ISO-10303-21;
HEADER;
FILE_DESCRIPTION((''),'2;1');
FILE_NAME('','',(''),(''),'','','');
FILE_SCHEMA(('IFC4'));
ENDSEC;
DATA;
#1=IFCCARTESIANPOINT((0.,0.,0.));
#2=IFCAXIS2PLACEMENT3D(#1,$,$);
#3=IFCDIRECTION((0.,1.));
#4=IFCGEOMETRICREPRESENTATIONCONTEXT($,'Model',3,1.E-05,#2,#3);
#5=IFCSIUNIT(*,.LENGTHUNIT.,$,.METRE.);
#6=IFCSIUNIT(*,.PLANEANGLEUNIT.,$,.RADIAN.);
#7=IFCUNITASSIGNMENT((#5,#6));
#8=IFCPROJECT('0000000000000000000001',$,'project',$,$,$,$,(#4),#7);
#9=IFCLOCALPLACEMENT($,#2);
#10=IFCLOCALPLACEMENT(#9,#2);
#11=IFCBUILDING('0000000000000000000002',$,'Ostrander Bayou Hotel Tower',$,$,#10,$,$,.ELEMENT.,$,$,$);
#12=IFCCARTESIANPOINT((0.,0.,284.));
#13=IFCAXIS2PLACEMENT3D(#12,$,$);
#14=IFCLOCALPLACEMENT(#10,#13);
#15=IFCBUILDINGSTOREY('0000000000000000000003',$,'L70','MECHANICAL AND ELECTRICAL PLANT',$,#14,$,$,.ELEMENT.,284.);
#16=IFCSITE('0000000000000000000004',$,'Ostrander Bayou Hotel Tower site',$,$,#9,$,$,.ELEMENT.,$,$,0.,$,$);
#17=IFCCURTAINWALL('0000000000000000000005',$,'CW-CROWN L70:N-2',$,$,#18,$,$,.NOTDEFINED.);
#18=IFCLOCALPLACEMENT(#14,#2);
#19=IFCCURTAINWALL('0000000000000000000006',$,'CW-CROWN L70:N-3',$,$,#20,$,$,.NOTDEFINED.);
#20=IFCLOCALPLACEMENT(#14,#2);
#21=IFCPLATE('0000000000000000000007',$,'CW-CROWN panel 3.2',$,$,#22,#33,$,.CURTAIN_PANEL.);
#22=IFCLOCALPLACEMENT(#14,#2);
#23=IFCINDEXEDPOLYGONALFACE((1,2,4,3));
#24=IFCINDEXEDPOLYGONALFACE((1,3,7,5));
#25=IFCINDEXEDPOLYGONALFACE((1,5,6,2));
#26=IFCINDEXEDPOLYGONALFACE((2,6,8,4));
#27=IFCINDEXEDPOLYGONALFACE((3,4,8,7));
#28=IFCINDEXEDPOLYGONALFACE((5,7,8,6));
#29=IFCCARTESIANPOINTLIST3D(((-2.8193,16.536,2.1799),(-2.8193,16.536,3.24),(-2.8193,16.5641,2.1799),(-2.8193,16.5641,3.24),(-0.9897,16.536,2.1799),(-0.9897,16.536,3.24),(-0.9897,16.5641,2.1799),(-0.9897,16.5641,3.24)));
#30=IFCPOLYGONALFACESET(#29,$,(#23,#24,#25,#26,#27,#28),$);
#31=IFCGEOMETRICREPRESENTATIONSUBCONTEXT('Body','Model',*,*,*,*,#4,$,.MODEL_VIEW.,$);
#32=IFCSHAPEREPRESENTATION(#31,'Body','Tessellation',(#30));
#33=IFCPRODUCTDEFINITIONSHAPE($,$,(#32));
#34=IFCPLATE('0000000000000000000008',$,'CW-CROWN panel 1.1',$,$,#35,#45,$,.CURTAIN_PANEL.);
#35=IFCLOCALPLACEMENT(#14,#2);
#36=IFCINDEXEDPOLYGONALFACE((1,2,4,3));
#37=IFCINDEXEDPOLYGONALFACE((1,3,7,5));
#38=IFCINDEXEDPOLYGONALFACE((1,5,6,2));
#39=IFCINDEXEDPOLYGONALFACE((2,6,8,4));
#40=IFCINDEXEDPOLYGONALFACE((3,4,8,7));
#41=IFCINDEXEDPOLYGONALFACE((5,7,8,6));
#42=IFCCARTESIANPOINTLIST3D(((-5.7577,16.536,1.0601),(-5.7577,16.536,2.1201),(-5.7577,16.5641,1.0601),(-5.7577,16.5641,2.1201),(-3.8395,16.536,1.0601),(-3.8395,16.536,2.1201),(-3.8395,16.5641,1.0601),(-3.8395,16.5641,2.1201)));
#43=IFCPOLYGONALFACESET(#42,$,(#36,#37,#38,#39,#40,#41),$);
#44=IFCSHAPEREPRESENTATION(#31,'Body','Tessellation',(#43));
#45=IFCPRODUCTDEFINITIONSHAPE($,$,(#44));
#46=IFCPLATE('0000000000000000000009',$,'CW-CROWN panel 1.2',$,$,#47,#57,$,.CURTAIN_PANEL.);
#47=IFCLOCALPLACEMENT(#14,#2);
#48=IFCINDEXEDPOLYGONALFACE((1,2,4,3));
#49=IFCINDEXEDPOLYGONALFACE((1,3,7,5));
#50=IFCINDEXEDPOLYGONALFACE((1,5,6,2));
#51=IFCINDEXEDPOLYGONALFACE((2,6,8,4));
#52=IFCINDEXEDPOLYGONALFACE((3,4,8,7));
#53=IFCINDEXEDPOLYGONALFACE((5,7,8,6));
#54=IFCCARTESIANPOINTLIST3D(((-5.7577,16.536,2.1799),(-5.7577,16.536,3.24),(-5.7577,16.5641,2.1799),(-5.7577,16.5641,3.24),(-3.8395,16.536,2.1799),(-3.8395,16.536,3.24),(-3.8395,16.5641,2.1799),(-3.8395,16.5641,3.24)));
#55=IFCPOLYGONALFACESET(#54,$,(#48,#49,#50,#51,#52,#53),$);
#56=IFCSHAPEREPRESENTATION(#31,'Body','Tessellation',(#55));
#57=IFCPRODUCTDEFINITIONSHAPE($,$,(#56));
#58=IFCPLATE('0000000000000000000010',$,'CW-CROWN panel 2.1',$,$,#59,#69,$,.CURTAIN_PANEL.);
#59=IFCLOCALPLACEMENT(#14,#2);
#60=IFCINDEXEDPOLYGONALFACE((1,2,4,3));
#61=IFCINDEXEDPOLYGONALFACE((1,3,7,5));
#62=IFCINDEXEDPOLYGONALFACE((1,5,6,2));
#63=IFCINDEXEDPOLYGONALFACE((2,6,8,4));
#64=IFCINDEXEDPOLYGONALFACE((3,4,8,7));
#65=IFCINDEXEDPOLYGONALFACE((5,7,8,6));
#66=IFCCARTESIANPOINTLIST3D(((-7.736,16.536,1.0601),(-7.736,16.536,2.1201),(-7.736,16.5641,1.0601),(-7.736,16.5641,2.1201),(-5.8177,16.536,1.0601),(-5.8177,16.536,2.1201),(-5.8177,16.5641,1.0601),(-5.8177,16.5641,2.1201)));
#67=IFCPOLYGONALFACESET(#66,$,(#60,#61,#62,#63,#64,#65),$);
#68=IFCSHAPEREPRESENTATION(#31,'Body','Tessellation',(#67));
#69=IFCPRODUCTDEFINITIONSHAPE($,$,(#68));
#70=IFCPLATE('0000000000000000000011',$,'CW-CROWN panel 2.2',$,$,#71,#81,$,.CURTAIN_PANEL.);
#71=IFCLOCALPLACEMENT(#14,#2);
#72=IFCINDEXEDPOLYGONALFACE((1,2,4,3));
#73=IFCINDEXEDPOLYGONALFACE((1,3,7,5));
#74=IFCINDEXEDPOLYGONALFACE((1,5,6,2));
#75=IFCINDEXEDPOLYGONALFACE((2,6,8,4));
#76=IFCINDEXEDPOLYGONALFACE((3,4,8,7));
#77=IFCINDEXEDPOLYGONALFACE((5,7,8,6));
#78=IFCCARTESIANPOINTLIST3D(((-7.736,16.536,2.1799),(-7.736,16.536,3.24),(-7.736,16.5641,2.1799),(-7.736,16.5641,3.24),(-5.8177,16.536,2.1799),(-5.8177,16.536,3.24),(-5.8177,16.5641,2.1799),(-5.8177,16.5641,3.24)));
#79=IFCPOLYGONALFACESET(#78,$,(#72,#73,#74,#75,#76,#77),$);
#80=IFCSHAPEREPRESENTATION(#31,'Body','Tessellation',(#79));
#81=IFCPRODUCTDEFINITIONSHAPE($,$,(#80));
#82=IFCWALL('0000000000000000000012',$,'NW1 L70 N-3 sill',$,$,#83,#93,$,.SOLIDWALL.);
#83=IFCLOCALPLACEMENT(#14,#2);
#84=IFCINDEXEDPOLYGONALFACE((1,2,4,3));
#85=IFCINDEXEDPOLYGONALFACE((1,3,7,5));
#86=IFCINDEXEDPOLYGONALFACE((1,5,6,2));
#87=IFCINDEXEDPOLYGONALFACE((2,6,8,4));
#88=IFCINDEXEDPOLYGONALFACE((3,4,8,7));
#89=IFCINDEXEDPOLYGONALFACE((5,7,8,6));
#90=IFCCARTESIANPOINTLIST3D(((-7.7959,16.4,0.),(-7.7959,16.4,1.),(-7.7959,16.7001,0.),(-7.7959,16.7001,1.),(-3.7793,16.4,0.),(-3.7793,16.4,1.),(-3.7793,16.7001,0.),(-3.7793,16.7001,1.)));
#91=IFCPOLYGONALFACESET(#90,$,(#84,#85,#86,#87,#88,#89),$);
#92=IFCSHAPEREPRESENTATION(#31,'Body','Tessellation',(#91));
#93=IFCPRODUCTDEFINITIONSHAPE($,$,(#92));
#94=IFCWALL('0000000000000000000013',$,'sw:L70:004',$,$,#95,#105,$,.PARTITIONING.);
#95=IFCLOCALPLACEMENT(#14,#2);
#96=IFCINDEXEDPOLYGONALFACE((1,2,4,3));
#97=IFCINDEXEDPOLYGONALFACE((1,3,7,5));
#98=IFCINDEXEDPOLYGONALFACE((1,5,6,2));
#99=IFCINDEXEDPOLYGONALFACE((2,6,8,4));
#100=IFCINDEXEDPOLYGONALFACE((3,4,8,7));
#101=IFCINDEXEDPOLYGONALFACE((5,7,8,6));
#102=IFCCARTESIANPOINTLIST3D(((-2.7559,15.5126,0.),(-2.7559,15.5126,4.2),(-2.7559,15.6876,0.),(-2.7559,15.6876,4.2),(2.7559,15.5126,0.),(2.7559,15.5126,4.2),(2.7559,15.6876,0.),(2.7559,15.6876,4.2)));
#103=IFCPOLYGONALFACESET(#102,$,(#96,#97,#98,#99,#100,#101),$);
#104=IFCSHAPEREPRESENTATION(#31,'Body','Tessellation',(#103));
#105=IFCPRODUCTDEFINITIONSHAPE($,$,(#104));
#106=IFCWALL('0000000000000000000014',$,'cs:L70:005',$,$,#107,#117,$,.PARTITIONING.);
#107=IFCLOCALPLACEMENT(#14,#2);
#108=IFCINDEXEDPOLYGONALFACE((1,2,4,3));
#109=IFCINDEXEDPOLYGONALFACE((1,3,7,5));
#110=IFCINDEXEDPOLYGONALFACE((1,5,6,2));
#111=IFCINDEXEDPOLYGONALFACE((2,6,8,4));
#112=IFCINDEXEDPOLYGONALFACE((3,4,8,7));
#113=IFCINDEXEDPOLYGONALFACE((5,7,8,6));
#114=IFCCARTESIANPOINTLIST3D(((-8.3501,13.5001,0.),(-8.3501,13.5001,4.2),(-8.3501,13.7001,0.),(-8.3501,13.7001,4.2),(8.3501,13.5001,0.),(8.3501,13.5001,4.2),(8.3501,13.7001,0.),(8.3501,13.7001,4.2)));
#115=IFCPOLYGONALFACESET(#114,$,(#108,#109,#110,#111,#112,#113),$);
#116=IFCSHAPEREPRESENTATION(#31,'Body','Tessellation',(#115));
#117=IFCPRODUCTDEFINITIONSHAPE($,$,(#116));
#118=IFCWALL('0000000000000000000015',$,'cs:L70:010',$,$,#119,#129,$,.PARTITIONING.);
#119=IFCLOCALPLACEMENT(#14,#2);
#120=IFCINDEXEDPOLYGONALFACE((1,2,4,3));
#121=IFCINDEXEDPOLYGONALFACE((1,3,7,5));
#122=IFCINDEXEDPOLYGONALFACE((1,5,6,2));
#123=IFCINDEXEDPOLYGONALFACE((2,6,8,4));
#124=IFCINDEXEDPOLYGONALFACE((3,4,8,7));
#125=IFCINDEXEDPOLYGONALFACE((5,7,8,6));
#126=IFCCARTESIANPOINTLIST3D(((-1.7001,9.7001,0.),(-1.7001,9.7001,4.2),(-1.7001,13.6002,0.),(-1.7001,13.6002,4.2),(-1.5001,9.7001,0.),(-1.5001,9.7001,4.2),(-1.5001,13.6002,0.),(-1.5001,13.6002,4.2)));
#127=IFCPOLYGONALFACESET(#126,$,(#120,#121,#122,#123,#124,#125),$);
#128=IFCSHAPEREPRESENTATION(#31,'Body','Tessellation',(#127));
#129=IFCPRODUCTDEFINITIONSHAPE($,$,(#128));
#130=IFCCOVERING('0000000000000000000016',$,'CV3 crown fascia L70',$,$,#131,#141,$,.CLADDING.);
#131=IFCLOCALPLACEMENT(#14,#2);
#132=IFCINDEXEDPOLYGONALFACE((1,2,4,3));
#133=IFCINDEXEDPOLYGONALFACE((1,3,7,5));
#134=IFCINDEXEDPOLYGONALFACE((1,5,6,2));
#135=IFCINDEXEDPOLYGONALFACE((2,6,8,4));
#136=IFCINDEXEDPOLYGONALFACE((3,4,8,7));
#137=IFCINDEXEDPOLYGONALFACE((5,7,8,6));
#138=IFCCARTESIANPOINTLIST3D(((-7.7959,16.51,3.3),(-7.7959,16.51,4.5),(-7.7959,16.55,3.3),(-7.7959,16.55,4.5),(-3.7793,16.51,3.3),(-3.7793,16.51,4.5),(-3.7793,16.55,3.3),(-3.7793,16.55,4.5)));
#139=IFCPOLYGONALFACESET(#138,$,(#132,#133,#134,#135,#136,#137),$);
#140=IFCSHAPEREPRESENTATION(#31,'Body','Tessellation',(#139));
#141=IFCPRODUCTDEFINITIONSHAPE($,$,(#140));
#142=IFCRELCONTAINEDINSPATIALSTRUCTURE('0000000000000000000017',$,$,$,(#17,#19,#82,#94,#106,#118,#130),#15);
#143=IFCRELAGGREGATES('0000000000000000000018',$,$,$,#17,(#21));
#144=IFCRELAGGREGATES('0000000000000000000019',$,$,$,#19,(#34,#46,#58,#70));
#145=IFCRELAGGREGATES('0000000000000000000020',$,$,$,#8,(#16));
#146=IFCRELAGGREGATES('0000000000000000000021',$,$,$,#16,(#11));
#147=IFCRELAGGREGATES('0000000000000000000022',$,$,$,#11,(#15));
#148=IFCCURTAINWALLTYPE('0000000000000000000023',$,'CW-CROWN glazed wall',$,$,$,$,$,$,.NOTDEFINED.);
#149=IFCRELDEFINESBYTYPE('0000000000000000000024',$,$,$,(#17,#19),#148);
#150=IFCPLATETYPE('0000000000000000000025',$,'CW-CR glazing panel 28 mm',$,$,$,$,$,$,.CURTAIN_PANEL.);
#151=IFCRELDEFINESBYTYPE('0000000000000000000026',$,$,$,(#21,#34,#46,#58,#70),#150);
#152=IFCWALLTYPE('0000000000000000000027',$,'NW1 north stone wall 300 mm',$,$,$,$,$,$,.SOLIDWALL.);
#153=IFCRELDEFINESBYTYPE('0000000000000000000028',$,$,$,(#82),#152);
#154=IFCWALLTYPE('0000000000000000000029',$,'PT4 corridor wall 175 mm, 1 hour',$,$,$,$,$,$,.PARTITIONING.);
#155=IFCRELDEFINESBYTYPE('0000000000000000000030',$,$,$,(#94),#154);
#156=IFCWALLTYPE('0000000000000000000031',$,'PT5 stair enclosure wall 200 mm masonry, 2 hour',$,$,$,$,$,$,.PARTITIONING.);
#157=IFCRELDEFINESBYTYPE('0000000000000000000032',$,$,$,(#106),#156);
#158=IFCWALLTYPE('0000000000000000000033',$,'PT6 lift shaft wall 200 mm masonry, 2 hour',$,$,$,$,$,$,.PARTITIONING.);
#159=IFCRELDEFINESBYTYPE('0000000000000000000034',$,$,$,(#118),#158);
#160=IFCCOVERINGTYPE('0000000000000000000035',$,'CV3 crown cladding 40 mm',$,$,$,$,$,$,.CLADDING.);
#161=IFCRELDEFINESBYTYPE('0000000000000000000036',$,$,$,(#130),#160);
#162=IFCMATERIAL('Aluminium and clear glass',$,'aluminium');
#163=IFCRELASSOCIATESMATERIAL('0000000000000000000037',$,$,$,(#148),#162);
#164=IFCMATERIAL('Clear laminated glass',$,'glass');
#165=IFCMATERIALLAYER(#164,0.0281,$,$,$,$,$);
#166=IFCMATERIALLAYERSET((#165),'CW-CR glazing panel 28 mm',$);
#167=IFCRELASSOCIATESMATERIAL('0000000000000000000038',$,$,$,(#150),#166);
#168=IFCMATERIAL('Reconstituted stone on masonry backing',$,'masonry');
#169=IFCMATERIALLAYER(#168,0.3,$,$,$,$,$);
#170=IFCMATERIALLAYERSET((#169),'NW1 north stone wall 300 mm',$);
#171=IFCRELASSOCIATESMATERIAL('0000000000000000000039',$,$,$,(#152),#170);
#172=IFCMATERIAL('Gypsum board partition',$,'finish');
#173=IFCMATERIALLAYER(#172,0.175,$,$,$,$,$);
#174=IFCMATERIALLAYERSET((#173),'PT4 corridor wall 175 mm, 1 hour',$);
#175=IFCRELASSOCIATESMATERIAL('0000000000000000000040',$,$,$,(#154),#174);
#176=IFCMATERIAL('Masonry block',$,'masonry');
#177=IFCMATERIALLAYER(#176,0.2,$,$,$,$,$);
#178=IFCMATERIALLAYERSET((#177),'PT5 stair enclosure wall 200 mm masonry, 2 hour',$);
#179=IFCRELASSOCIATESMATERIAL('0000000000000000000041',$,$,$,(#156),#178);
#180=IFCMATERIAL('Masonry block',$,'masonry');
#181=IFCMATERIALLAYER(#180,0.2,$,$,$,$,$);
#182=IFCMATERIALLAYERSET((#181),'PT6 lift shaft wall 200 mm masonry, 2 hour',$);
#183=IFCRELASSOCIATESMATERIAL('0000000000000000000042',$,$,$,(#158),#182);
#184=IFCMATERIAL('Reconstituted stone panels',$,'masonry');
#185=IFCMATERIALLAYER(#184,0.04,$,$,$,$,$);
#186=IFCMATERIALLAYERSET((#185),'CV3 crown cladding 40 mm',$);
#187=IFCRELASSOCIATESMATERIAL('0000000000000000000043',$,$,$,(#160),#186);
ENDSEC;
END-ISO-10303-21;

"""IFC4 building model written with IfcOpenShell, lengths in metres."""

from ifc_helpers import new_model, si_unit, direction, frame, frame_2d, origin, origin_2d, place, context, subcontext, project, spatial, polyline, rectangle, outline, extrude, material, layer, layer_set, type_object, element, aggregate, save


model = new_model("IFC4")

# Units and contexts
model_context = context("Model", 3, precision=1e-05, world=origin(), true_north=direction((0.0, 1.0)))
body_context = subcontext(model_context, "Body", "Model", "MODEL_VIEW")
ifc_project = project(units=[si_unit("LENGTHUNIT", "METRE"), si_unit("PLANEANGLEUNIT", "RADIAN")], contexts=[model_context])

# Site, building, storey
site_placement = place(None, origin())
site = spatial("IfcSite", under=ifc_project, at=site_placement, Name="Ostrander Bayou Hotel Tower site", CompositionType="ELEMENT", RefElevation=0.0)
building_placement = place(site_placement, origin())
building = spatial("IfcBuilding", under=site, at=building_placement, Name="Ostrander Bayou Hotel Tower", CompositionType="ELEMENT")
storey_placement = place(building_placement, frame((0.0, 0.0, 284.0)))
storey = spatial("IfcBuildingStorey", under=building, at=storey_placement, Name="L70", Description="MECHANICAL AND ELECTRICAL PLANT", CompositionType="ELEMENT", Elevation=284.0)

# Curtain walls
ifc_material_1 = material(Name="Aluminium and clear glass", Category="aluminium")
curtain_wall_type = type_object("IfcCurtainWallType", Name="CW-CROWN glazed wall", PredefinedType="NOTDEFINED", material=ifc_material_1)
curtain_wall_1_placement = place(storey_placement, origin())
curtain_wall_1 = element("IfcCurtainWall", 1, at=curtain_wall_1_placement, inside=storey, type_object=curtain_wall_type, Name="CW-CROWN L70:N-2", PredefinedType="NOTDEFINED")
curtain_wall_2_placement = place(storey_placement, origin())
curtain_wall_2 = element("IfcCurtainWall", 2, at=curtain_wall_2_placement, inside=storey, type_object=curtain_wall_type, Name="CW-CROWN L70:N-3", PredefinedType="NOTDEFINED")

# Plates
ifc_material_2 = material(Name="Clear laminated glass", Category="glass")
ifc_layer_1 = layer(ifc_material_2, 0.0281)
ifc_layer_set_1 = layer_set([ifc_layer_1], Name="CW-CR glazing panel 28 mm")
plate_type = type_object("IfcPlateType", Name="CW-CR glazing panel 28 mm", PredefinedType="CURTAIN_PANEL", material=ifc_layer_set_1)
plate_1_placement = place(storey_placement, frame((-1.9045, 16.55, 2.1799), z_axis=(0.0, 0.0, 1.0), x_axis=(-1.0, 0.0, 0.0)))
plate_1 = element("IfcPlate", 3, at=plate_1_placement, type_object=plate_type, Name="CW-CROWN panel 3.2", PredefinedType="CURTAIN_PANEL", context=body_context, shape_type="SweptSolid", body=[
    extrude(rectangle(XDim=1.8296, YDim=0.0281, at=origin_2d()), origin(), (0.0, 0.0, 1.0), 1.0601),
])
aggregate(curtain_wall_1, [plate_1])
plate_2_placement = place(storey_placement, frame((-4.7986, 16.55, 1.0601), z_axis=(0.0, 0.0, 1.0), x_axis=(-1.0, 0.0, 0.0)))
plate_2 = element("IfcPlate", 4, at=plate_2_placement, type_object=plate_type, Name="CW-CROWN panel 1.1", PredefinedType="CURTAIN_PANEL", context=body_context, shape_type="SweptSolid", body=[
    extrude(rectangle(XDim=1.9182, YDim=0.0281, at=origin_2d()), origin(), (0.0, 0.0, 1.0), 1.0601),
])
plate_3_placement = place(storey_placement, frame((-4.7986, 16.55, 2.1799), z_axis=(0.0, 0.0, 1.0), x_axis=(-1.0, 0.0, 0.0)))
plate_3 = element("IfcPlate", 5, at=plate_3_placement, type_object=plate_type, Name="CW-CROWN panel 1.2", PredefinedType="CURTAIN_PANEL", context=body_context, shape_type="SweptSolid", body=[
    extrude(rectangle(XDim=1.9182, YDim=0.0281, at=origin_2d()), origin(), (0.0, 0.0, 1.0), 1.0601),
])
plate_4_placement = place(storey_placement, frame((-6.7769, 16.55, 1.0601), z_axis=(0.0, 0.0, 1.0), x_axis=(-1.0, 0.0, 0.0)))
plate_4 = element("IfcPlate", 6, at=plate_4_placement, type_object=plate_type, Name="CW-CROWN panel 2.1", PredefinedType="CURTAIN_PANEL", context=body_context, shape_type="SweptSolid", body=[
    extrude(rectangle(XDim=1.9182, YDim=0.0281, at=origin_2d()), origin(), (0.0, 0.0, 1.0), 1.0601),
])
plate_5_placement = place(storey_placement, frame((-6.7769, 16.55, 2.1799), z_axis=(0.0, 0.0, 1.0), x_axis=(-1.0, 0.0, 0.0)))
plate_5 = element("IfcPlate", 7, at=plate_5_placement, type_object=plate_type, Name="CW-CROWN panel 2.2", PredefinedType="CURTAIN_PANEL", context=body_context, shape_type="SweptSolid", body=[
    extrude(rectangle(XDim=1.9182, YDim=0.0281, at=origin_2d()), origin(), (0.0, 0.0, 1.0), 1.0601),
])
aggregate(curtain_wall_2, [plate_2, plate_3, plate_4, plate_5])

# Walls
ifc_material_3 = material(Name="Reconstituted stone on masonry backing", Category="masonry")
ifc_layer_2 = layer(ifc_material_3, 0.3)
ifc_layer_set_2 = layer_set([ifc_layer_2], Name="NW1 north stone wall 300 mm")
wall_type_1 = type_object("IfcWallType", Name="NW1 north stone wall 300 mm", PredefinedType="SOLIDWALL", material=ifc_layer_set_2)
wall_1_placement = place(storey_placement, frame((-3.7793, 16.55, 0.0), z_axis=(0.0, 0.0, 1.0), x_axis=(-1.0, 0.0, 0.0)))
element("IfcWall", 8, at=wall_1_placement, inside=storey, type_object=wall_type_1, Name="NW1 L70 N-3 sill", PredefinedType="SOLIDWALL", context=body_context, shape_type="SweptSolid", body=[
    extrude(rectangle(XDim=4.0166, YDim=0.3, at=frame_2d((2.0083, 0.0))), origin(), (0.0, 0.0, 1.0), 1.0),
])
ifc_material_4 = material(Name="Gypsum board partition", Category="finish")
ifc_layer_3 = layer(ifc_material_4, 0.175)
ifc_layer_set_3 = layer_set([ifc_layer_3], Name="PT4 corridor wall 175 mm, 1 hour")
wall_type_2 = type_object("IfcWallType", Name="PT4 corridor wall 175 mm, 1 hour", PredefinedType="PARTITIONING", material=ifc_layer_set_3)
wall_2_placement = place(storey_placement, frame((-2.7559, 15.6001, 0.0), z_axis=(0.0, 0.0, 1.0), x_axis=(1.0, 0.0, 0.0)))
element("IfcWall", 9, at=wall_2_placement, inside=storey, type_object=wall_type_2, Name="sw:L70:004", PredefinedType="PARTITIONING", context=body_context, shape_type="SweptSolid", body=[
    extrude(rectangle(XDim=5.5117, YDim=0.175, at=frame_2d((2.7559, 0.0))), origin(), (0.0, 0.0, 1.0), 4.2),
])
ifc_material_5 = material(Name="Masonry block", Category="masonry")
ifc_layer_4 = layer(ifc_material_5, 0.2)
ifc_layer_set_4 = layer_set([ifc_layer_4], Name="PT5 stair enclosure wall 200 mm masonry, 2 hour")
wall_type_3 = type_object("IfcWallType", Name="PT5 stair enclosure wall 200 mm masonry, 2 hour", PredefinedType="PARTITIONING", material=ifc_layer_set_4)
wall_3_placement = place(storey_placement, frame((-8.3501, 13.6001, 0.0), z_axis=(0.0, 0.0, 1.0), x_axis=(1.0, 0.0, 0.0)))
element("IfcWall", 10, at=wall_3_placement, inside=storey, type_object=wall_type_3, Name="cs:L70:005", PredefinedType="PARTITIONING", context=body_context, shape_type="SweptSolid", body=[
    extrude(rectangle(XDim=16.7002, YDim=0.2, at=frame_2d((8.3501, 0.0))), origin(), (0.0, 0.0, 1.0), 4.2),
])

# Wall
ifc_material_6 = material(Name="Masonry block", Category="masonry")
ifc_layer_5 = layer(ifc_material_6, 0.2)
ifc_layer_set_5 = layer_set([ifc_layer_5], Name="PT6 lift shaft wall 200 mm masonry, 2 hour")
wall_type_4 = type_object("IfcWallType", Name="PT6 lift shaft wall 200 mm masonry, 2 hour", PredefinedType="PARTITIONING", material=ifc_layer_set_5)
wall_4_placement = place(storey_placement, frame((-1.6001, 9.7, 0.0), z_axis=(0.0, 0.0, 1.0), x_axis=(0.0, 1.0, 0.0)))
element("IfcWall", 11, at=wall_4_placement, inside=storey, type_object=wall_type_4, Name="cs:L70:010", PredefinedType="PARTITIONING", context=body_context, shape_type="SweptSolid", body=[
    extrude(rectangle(XDim=3.9001, YDim=0.2, at=frame_2d((1.9502, 0.0))), origin(), (0.0, 0.0, 1.0), 4.2),
])

# Covering
ifc_material_7 = material(Name="Reconstituted stone panels", Category="masonry")
ifc_layer_6 = layer(ifc_material_7, 0.04)
ifc_layer_set_6 = layer_set([ifc_layer_6], Name="CV3 crown cladding 40 mm")
covering_type = type_object("IfcCoveringType", Name="CV3 crown cladding 40 mm", PredefinedType="CLADDING", material=ifc_layer_set_6)
covering_placement = place(storey_placement, frame((-3.7793, 16.55, 3.3), z_axis=(0.0, 1.0, 0.0), x_axis=(-1.0, 0.0, 0.0)))
element("IfcCovering", 12, at=covering_placement, inside=storey, type_object=covering_type, Name="CV3 crown fascia L70", PredefinedType="CLADDING", context=body_context, shape_type="SweptSolid", body=[
    extrude(outline(polyline([(0.0, 0.0), (4.0166, 0.0), (4.0166, 1.2), (0.0, 1.2), (0.0, 0.0)])), origin(), (0.0, 0.0, -1.0), 0.04),
])

save(model, "model.ifc")
